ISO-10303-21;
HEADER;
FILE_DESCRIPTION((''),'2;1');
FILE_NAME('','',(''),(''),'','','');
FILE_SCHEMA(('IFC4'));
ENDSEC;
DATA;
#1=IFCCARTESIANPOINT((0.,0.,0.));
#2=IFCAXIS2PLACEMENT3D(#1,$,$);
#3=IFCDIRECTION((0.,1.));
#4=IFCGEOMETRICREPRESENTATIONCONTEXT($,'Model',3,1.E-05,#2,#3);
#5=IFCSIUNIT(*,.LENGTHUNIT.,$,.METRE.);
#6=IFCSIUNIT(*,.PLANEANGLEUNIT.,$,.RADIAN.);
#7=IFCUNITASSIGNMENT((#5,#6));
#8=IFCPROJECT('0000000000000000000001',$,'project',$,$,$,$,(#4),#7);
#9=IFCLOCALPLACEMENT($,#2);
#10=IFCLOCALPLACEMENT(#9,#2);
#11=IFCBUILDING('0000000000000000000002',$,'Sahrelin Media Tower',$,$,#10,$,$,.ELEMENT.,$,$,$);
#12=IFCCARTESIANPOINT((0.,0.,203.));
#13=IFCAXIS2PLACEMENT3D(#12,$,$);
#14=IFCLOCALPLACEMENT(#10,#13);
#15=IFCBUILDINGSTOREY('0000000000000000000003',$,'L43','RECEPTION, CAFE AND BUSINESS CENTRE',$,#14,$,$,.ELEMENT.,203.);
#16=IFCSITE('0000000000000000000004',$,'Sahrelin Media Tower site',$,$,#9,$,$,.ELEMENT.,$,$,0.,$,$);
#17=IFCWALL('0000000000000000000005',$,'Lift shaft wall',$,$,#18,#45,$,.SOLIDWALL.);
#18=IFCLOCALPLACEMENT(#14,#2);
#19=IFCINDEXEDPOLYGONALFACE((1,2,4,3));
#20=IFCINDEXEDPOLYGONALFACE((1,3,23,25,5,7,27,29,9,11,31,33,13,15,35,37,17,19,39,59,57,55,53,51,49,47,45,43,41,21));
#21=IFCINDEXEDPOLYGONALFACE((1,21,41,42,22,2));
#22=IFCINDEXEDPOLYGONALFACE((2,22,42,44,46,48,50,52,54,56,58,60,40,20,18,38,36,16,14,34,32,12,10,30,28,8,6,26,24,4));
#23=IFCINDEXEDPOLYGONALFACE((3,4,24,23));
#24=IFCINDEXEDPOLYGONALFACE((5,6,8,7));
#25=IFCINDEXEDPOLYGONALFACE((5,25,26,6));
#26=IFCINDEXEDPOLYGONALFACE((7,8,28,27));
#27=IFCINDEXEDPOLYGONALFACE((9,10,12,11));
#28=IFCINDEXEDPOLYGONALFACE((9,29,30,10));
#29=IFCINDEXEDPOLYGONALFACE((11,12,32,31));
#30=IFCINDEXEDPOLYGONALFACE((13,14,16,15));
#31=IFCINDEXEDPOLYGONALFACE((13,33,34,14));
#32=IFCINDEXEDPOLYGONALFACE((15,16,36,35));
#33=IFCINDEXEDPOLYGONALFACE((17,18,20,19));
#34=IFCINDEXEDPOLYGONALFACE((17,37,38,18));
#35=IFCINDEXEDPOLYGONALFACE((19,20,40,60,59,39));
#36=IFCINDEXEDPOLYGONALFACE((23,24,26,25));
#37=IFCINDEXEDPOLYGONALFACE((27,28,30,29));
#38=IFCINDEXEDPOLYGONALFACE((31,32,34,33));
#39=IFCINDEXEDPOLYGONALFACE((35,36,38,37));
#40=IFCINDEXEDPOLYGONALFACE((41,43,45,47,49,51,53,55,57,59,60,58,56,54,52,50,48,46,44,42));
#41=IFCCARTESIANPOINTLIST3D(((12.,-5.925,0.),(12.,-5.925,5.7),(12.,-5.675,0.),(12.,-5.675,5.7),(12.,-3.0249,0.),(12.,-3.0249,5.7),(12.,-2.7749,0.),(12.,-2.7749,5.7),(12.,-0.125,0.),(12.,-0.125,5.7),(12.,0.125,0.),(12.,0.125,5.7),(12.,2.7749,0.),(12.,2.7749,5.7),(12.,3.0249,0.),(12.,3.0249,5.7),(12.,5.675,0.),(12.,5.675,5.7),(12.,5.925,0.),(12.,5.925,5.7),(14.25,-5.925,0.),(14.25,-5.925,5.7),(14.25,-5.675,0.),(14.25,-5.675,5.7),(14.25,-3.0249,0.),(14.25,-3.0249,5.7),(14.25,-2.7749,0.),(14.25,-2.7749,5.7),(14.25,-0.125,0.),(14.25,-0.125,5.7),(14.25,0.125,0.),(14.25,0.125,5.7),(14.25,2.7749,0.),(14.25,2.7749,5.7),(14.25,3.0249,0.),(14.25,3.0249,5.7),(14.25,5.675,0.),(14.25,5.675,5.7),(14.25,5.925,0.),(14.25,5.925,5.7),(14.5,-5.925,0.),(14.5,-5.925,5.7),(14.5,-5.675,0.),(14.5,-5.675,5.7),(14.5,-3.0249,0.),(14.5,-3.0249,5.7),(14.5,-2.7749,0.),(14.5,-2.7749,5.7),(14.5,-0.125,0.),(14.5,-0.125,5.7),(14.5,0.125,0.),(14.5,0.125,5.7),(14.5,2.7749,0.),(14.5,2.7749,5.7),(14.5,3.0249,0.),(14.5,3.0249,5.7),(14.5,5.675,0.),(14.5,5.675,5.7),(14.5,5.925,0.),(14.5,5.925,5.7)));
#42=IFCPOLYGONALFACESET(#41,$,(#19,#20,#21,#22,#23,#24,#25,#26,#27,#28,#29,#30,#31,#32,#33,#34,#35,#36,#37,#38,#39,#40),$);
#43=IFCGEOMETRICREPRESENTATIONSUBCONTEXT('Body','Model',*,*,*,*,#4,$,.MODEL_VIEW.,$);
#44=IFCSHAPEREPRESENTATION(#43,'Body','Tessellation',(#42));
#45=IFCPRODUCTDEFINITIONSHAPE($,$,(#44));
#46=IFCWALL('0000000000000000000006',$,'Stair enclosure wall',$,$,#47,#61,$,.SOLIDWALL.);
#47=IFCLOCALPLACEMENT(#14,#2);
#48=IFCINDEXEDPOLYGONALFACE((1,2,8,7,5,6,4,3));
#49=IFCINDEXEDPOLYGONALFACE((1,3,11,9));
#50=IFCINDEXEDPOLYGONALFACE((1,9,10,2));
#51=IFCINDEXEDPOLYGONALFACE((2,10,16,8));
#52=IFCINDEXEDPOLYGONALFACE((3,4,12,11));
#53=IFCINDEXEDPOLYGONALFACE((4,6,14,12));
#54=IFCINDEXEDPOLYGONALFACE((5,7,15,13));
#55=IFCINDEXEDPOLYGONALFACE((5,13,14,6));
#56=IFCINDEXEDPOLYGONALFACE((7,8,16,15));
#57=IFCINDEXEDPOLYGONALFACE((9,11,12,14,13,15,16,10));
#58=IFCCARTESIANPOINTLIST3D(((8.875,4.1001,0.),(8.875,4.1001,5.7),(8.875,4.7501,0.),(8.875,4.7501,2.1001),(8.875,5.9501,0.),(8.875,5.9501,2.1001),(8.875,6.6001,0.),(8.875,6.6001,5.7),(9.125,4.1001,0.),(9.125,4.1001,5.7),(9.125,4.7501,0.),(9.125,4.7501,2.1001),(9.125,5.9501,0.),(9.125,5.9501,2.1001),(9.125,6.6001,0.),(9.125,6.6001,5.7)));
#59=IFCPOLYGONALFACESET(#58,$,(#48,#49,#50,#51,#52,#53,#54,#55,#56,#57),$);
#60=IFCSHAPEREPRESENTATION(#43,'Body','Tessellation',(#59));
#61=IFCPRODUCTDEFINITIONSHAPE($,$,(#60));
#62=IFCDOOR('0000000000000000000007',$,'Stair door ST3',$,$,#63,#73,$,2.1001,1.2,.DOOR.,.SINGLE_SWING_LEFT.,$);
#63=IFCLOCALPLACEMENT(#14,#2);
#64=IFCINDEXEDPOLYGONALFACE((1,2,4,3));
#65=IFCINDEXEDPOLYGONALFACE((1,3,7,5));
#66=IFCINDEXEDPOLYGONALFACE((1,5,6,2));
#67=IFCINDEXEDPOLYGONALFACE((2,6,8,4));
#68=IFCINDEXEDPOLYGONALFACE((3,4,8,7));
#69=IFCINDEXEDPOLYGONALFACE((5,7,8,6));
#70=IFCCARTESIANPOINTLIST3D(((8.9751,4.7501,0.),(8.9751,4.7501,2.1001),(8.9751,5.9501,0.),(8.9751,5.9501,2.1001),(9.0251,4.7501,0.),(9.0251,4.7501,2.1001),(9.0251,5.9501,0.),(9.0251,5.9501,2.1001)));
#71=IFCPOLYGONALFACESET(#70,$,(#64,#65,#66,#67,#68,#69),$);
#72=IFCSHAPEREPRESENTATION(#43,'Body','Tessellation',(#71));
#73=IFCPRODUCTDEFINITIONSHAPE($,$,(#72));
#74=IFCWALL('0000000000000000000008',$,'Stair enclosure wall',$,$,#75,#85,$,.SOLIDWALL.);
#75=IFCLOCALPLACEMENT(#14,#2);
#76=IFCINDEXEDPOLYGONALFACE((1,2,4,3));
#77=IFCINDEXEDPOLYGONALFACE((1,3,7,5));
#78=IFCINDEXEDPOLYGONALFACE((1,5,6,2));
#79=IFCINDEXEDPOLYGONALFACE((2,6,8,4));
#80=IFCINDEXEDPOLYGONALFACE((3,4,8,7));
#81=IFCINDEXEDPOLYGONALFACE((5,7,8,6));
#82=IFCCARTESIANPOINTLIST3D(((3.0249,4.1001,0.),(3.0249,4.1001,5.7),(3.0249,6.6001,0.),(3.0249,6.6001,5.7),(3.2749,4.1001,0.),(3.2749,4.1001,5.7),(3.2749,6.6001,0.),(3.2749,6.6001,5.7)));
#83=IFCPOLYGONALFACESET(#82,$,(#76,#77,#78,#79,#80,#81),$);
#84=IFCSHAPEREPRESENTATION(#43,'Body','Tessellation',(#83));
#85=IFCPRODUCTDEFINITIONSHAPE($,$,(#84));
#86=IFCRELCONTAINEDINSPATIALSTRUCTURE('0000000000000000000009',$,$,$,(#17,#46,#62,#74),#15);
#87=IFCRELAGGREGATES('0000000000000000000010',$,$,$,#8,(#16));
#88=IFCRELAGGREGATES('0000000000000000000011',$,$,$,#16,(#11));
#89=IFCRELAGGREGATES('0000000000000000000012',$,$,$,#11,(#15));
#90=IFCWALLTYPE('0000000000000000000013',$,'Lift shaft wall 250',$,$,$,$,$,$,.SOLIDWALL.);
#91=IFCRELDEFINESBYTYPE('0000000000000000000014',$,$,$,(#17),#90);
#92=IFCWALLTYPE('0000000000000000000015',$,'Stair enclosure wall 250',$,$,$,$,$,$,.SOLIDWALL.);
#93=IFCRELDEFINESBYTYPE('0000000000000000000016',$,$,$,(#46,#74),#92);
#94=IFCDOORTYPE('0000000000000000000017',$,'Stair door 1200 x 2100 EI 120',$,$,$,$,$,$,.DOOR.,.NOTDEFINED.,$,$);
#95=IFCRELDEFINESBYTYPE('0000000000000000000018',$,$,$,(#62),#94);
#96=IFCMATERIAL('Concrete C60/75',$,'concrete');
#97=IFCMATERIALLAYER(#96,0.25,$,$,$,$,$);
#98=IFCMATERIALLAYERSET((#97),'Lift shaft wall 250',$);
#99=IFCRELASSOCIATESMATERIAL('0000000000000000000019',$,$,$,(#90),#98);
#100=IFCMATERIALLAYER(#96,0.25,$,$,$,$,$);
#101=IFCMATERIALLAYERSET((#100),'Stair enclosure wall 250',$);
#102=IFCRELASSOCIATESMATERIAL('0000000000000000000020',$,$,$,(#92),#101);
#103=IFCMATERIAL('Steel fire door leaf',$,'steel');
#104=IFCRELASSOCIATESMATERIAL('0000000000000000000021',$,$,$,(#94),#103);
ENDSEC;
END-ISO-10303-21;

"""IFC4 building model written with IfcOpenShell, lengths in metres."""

from ifc_helpers import new_model, si_unit, direction, frame, frame_2d, origin, place, context, subcontext, project, spatial, polyline, rectangle, outline, extrude, material, layer, layer_set, type_object, element, fill, save


model = new_model("IFC4")

# Units and contexts
model_context = context("Model", 3, precision=1e-05, world=origin(), true_north=direction((0.0, 1.0)))
body_context = subcontext(model_context, "Body", "Model", "MODEL_VIEW")
ifc_project = project(units=[si_unit("LENGTHUNIT", "METRE"), si_unit("PLANEANGLEUNIT", "RADIAN")], contexts=[model_context])

# Site, building, storey
site_placement = place(None, origin())
site = spatial("IfcSite", under=ifc_project, at=site_placement, Name="Sahrelin Media Tower site", CompositionType="ELEMENT", RefElevation=0.0)
building_placement = place(site_placement, origin())
building = spatial("IfcBuilding", under=site, at=building_placement, Name="Sahrelin Media Tower", CompositionType="ELEMENT")
storey_placement = place(building_placement, frame((0.0, 0.0, 203.0)))
storey = spatial("IfcBuildingStorey", under=building, at=storey_placement, Name="L43", Description="RECEPTION, CAFE AND BUSINESS CENTRE", CompositionType="ELEMENT", Elevation=203.0)

# Shared definitions
placement_1 = place(storey_placement, origin())

# Shared definitions
ifc_material_1 = material(Name="Concrete C60/75", Category="concrete")
ifc_layer_1 = layer(ifc_material_1, 0.25)
ifc_layer_set_1 = layer_set([ifc_layer_1], Name="Lift shaft wall 250")
wall_type_1 = type_object("IfcWallType", Name="Lift shaft wall 250", PredefinedType="SOLIDWALL", material=ifc_layer_set_1)

# Wall
element("IfcWall", 1, at=placement_1, inside=storey, type_object=wall_type_1, Name="Lift shaft wall", PredefinedType="SOLIDWALL", context=body_context, shape_type="SweptSolid", body=[
    extrude(outline(polyline([(12.0, -5.675), (12.0, -5.925), (14.25, -5.925), (14.5, -5.925), (14.5, -5.675), (14.5, -3.0249), (14.5, -2.7749), (14.5, -0.125), (14.5, 0.125), (14.5, 2.7749), (14.5, 3.0249), (14.5, 5.675), (14.5, 5.925), (14.25, 5.925), (12.0, 5.925), (12.0, 5.675), (14.25, 5.675), (14.25, 3.0249), (12.0, 3.0249), (12.0, 2.7749), (14.25, 2.7749), (14.25, 0.125), (12.0, 0.125), (12.0, -0.125), (14.25, -0.125), (14.25, -2.7749), (12.0, -2.7749), (12.0, -3.0249), (14.25, -3.0249), (14.25, -5.675), (12.0, -5.675)])), origin(), (0.0, 0.0, 1.0), 5.7),
])

# Wall, opening, door
ifc_layer_2 = layer(ifc_material_1, 0.25)
ifc_layer_set_2 = layer_set([ifc_layer_2], Name="Stair enclosure wall 250")
wall_type_2 = type_object("IfcWallType", Name="Stair enclosure wall 250", PredefinedType="SOLIDWALL", material=ifc_layer_set_2)
wall_1_placement = place(storey_placement, frame((9.0, 4.1001, 0.0), z_axis=(0.0, 0.0, 1.0), x_axis=(0.0, 1.0, 0.0)))
wall_1 = element("IfcWall", 2, at=wall_1_placement, inside=storey, type_object=wall_type_2, Name="Stair enclosure wall", PredefinedType="SOLIDWALL", context=body_context, shape_type="SweptSolid", body=[
    extrude(rectangle(XDim=2.5, YDim=0.25, at=frame_2d((1.25, 0.0))), origin(), (0.0, 0.0, 1.0), 5.7),
])
opening_1_placement = place(wall_1_placement, frame((0.6499, 0.0, 0.0)))
opening_1 = element("IfcOpeningElement", 3, at=opening_1_placement, cuts=wall_1, PredefinedType="OPENING", context=body_context, shape_type="SweptSolid", body=[
    extrude(rectangle(XDim=1.2, YDim=2.1001, at=frame_2d((0.6001, 1.05))), frame((0.0, 0.125, 0.0), z_axis=(0.0, -1.0, 0.0), x_axis=(1.0, 0.0, 0.0)), (0.0, 0.0, 1.0), 0.25),
])
ifc_material_2 = material(Name="Steel fire door leaf", Category="steel")
door_type_1 = type_object("IfcDoorType", Name="Stair door 1200 x 2100 EI 120", OperationType="NOTDEFINED", PredefinedType="DOOR", material=ifc_material_2)
door_1_placement = place(opening_1_placement, origin())
door_1 = element("IfcDoor", 4, at=door_1_placement, inside=storey, type_object=door_type_1, Name="Stair door ST3", OperationType="SINGLE_SWING_LEFT", OverallHeight=2.1001, OverallWidth=1.2, PredefinedType="DOOR", context=body_context, shape_type="SweptSolid", body=[
    extrude(rectangle(XDim=1.2, YDim=2.1001, at=frame_2d((0.6001, 1.05))), frame((0.0, 0.0249, 0.0), z_axis=(0.0, -1.0, 0.0), x_axis=(1.0, 0.0, 0.0)), (0.0, 0.0, 1.0), 0.05),
])
fill(opening_1, door_1)

# Wall
wall_2_placement = place(storey_placement, frame((3.1499, 4.1001, 0.0), z_axis=(0.0, 0.0, 1.0), x_axis=(0.0, 1.0, 0.0)))
element("IfcWall", 5, at=wall_2_placement, inside=storey, type_object=wall_type_2, Name="Stair enclosure wall", PredefinedType="SOLIDWALL", context=body_context, shape_type="SweptSolid", body=[
    extrude(rectangle(XDim=2.5, YDim=0.25, at=frame_2d((1.25, 0.0))), origin(), (0.0, 0.0, 1.0), 5.7),
])

save(model, "model.ifc")
